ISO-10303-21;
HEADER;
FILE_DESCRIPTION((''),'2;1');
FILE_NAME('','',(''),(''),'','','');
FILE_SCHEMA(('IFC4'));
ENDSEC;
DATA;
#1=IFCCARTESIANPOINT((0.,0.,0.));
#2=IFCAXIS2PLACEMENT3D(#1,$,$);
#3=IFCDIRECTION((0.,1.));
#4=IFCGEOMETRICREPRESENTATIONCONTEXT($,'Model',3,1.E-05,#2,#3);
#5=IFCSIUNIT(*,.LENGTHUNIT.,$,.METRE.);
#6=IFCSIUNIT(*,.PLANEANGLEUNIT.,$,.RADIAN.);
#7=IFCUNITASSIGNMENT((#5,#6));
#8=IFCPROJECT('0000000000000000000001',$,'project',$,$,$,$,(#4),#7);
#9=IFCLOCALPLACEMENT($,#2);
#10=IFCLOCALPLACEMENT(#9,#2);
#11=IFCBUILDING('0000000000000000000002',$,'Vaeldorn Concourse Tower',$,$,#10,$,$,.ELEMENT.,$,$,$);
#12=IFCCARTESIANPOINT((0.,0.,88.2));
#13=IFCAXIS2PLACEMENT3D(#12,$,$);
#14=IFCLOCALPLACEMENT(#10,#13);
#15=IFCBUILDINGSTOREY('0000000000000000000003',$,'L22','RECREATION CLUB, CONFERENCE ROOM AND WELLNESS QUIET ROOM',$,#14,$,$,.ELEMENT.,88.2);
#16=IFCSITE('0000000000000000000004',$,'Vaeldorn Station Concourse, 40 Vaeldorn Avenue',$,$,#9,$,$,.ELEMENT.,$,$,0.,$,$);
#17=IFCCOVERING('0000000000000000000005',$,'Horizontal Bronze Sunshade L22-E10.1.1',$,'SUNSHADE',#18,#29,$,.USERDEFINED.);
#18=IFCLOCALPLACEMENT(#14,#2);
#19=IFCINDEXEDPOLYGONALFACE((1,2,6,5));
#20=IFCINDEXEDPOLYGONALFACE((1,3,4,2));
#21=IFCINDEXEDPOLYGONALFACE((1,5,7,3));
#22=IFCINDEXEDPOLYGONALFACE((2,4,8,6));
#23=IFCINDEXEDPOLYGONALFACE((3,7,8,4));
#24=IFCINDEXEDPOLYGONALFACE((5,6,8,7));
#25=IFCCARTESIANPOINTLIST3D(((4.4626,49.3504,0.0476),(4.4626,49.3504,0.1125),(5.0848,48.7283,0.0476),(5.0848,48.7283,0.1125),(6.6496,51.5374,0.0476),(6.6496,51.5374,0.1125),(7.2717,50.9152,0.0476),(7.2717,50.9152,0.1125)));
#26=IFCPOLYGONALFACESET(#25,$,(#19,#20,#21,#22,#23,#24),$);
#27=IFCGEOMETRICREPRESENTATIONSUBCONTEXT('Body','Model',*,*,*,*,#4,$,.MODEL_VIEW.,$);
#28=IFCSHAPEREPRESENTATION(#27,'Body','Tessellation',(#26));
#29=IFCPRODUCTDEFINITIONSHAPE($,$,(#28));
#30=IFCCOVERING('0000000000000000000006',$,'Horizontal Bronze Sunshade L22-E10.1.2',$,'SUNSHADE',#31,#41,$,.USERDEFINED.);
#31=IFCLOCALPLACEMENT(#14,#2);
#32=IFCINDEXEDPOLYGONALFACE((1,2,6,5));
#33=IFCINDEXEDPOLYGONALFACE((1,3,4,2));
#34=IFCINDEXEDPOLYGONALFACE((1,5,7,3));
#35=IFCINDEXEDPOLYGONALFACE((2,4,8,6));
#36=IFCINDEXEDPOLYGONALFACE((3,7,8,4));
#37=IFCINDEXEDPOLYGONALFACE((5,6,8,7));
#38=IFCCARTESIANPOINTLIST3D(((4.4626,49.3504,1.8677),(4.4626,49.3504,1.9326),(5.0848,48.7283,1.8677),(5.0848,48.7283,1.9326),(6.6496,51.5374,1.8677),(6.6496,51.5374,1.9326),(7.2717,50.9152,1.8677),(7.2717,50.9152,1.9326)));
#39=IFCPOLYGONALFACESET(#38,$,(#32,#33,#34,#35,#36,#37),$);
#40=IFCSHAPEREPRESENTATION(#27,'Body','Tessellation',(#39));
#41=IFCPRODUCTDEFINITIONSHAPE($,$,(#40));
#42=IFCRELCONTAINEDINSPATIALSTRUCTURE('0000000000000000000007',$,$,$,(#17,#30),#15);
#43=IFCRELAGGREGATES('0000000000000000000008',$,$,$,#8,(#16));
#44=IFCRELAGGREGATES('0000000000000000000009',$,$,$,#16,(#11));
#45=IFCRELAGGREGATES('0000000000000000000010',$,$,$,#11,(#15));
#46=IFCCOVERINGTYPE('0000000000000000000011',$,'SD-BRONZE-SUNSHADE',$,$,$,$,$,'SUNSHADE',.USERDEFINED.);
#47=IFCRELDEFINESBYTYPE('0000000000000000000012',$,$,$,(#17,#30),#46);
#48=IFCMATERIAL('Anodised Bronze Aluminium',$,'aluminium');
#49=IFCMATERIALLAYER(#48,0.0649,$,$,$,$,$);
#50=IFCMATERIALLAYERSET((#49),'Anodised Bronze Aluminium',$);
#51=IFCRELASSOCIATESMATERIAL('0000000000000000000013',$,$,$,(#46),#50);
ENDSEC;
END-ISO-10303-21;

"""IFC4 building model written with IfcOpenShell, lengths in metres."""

from ifc_helpers import new_model, si_unit, direction, frame, origin, origin_2d, place, context, subcontext, project, spatial, rectangle, extrude, source, transform, mapped, material, layer, layer_set, type_object, element, save


model = new_model("IFC4")

# Units and contexts
model_context = context("Model", 3, precision=1e-05, world=origin(), true_north=direction((0.0, 1.0)))
body_context = subcontext(model_context, "Body", "Model", "MODEL_VIEW")
ifc_project = project(units=[si_unit("LENGTHUNIT", "METRE"), si_unit("PLANEANGLEUNIT", "RADIAN")], contexts=[model_context])

# Site, building, storey
site_placement = place(None, origin())
site = spatial("IfcSite", under=ifc_project, at=site_placement, Name="Vaeldorn Station Concourse, 40 Vaeldorn Avenue", CompositionType="ELEMENT", RefElevation=0.0)
building_placement = place(site_placement, origin())
building = spatial("IfcBuilding", under=site, at=building_placement, Name="Vaeldorn Concourse Tower", CompositionType="ELEMENT")
storey_placement = place(building_placement, frame((0.0, 0.0, 88.2)))
storey = spatial("IfcBuildingStorey", under=building, at=storey_placement, Name="L22", Description="RECREATION CLUB, CONFERENCE ROOM AND WELLNESS QUIET ROOM", CompositionType="ELEMENT", Elevation=88.2)

# Shared definitions
ifc_material_1 = material(Name="Anodised Bronze Aluminium", Category="aluminium")

# Coverings
ifc_layer_1 = layer(ifc_material_1, 0.0649)
ifc_layer_set_1 = layer_set([ifc_layer_1], Name="Anodised Bronze Aluminium")
covering_type = type_object("IfcCoveringType", Name="SD-BRONZE-SUNSHADE", ElementType="SUNSHADE", PredefinedType="USERDEFINED", material=ifc_layer_set_1)
shared_shape_1 = source(origin(), body_context, "Body", "SweptSolid", [
    extrude(rectangle(XDim=3.0928, YDim=0.8799, at=origin_2d()), origin(), (0.0, 0.0, 1.0), 0.0649),
])
for number, where, z_axis, x_axis, name in (
    (1, (5.8672, 50.1328, 0.0476), (0.0, 0.0, 1.0), (-0.707107, -0.707107, 0.0), "Horizontal Bronze Sunshade L22-E10.1.1"),
    (2, (5.8672, 50.1328, 1.8677), (0.0, 0.0, 1.0), (-0.707107, -0.707107, 0.0), "Horizontal Bronze Sunshade L22-E10.1.2"),
):
    element("IfcCovering", number, at=place(storey_placement, frame(where, z_axis=z_axis, x_axis=x_axis)), inside=storey, type_object=covering_type, Name=name, ObjectType="SUNSHADE", PredefinedType="USERDEFINED", context=body_context, shape_type="MappedRepresentation", body=[
        mapped(shared_shape_1, transform((0.0, 0.0, 0.0), scale=1.0)),
    ])

save(model, "model.ifc")
